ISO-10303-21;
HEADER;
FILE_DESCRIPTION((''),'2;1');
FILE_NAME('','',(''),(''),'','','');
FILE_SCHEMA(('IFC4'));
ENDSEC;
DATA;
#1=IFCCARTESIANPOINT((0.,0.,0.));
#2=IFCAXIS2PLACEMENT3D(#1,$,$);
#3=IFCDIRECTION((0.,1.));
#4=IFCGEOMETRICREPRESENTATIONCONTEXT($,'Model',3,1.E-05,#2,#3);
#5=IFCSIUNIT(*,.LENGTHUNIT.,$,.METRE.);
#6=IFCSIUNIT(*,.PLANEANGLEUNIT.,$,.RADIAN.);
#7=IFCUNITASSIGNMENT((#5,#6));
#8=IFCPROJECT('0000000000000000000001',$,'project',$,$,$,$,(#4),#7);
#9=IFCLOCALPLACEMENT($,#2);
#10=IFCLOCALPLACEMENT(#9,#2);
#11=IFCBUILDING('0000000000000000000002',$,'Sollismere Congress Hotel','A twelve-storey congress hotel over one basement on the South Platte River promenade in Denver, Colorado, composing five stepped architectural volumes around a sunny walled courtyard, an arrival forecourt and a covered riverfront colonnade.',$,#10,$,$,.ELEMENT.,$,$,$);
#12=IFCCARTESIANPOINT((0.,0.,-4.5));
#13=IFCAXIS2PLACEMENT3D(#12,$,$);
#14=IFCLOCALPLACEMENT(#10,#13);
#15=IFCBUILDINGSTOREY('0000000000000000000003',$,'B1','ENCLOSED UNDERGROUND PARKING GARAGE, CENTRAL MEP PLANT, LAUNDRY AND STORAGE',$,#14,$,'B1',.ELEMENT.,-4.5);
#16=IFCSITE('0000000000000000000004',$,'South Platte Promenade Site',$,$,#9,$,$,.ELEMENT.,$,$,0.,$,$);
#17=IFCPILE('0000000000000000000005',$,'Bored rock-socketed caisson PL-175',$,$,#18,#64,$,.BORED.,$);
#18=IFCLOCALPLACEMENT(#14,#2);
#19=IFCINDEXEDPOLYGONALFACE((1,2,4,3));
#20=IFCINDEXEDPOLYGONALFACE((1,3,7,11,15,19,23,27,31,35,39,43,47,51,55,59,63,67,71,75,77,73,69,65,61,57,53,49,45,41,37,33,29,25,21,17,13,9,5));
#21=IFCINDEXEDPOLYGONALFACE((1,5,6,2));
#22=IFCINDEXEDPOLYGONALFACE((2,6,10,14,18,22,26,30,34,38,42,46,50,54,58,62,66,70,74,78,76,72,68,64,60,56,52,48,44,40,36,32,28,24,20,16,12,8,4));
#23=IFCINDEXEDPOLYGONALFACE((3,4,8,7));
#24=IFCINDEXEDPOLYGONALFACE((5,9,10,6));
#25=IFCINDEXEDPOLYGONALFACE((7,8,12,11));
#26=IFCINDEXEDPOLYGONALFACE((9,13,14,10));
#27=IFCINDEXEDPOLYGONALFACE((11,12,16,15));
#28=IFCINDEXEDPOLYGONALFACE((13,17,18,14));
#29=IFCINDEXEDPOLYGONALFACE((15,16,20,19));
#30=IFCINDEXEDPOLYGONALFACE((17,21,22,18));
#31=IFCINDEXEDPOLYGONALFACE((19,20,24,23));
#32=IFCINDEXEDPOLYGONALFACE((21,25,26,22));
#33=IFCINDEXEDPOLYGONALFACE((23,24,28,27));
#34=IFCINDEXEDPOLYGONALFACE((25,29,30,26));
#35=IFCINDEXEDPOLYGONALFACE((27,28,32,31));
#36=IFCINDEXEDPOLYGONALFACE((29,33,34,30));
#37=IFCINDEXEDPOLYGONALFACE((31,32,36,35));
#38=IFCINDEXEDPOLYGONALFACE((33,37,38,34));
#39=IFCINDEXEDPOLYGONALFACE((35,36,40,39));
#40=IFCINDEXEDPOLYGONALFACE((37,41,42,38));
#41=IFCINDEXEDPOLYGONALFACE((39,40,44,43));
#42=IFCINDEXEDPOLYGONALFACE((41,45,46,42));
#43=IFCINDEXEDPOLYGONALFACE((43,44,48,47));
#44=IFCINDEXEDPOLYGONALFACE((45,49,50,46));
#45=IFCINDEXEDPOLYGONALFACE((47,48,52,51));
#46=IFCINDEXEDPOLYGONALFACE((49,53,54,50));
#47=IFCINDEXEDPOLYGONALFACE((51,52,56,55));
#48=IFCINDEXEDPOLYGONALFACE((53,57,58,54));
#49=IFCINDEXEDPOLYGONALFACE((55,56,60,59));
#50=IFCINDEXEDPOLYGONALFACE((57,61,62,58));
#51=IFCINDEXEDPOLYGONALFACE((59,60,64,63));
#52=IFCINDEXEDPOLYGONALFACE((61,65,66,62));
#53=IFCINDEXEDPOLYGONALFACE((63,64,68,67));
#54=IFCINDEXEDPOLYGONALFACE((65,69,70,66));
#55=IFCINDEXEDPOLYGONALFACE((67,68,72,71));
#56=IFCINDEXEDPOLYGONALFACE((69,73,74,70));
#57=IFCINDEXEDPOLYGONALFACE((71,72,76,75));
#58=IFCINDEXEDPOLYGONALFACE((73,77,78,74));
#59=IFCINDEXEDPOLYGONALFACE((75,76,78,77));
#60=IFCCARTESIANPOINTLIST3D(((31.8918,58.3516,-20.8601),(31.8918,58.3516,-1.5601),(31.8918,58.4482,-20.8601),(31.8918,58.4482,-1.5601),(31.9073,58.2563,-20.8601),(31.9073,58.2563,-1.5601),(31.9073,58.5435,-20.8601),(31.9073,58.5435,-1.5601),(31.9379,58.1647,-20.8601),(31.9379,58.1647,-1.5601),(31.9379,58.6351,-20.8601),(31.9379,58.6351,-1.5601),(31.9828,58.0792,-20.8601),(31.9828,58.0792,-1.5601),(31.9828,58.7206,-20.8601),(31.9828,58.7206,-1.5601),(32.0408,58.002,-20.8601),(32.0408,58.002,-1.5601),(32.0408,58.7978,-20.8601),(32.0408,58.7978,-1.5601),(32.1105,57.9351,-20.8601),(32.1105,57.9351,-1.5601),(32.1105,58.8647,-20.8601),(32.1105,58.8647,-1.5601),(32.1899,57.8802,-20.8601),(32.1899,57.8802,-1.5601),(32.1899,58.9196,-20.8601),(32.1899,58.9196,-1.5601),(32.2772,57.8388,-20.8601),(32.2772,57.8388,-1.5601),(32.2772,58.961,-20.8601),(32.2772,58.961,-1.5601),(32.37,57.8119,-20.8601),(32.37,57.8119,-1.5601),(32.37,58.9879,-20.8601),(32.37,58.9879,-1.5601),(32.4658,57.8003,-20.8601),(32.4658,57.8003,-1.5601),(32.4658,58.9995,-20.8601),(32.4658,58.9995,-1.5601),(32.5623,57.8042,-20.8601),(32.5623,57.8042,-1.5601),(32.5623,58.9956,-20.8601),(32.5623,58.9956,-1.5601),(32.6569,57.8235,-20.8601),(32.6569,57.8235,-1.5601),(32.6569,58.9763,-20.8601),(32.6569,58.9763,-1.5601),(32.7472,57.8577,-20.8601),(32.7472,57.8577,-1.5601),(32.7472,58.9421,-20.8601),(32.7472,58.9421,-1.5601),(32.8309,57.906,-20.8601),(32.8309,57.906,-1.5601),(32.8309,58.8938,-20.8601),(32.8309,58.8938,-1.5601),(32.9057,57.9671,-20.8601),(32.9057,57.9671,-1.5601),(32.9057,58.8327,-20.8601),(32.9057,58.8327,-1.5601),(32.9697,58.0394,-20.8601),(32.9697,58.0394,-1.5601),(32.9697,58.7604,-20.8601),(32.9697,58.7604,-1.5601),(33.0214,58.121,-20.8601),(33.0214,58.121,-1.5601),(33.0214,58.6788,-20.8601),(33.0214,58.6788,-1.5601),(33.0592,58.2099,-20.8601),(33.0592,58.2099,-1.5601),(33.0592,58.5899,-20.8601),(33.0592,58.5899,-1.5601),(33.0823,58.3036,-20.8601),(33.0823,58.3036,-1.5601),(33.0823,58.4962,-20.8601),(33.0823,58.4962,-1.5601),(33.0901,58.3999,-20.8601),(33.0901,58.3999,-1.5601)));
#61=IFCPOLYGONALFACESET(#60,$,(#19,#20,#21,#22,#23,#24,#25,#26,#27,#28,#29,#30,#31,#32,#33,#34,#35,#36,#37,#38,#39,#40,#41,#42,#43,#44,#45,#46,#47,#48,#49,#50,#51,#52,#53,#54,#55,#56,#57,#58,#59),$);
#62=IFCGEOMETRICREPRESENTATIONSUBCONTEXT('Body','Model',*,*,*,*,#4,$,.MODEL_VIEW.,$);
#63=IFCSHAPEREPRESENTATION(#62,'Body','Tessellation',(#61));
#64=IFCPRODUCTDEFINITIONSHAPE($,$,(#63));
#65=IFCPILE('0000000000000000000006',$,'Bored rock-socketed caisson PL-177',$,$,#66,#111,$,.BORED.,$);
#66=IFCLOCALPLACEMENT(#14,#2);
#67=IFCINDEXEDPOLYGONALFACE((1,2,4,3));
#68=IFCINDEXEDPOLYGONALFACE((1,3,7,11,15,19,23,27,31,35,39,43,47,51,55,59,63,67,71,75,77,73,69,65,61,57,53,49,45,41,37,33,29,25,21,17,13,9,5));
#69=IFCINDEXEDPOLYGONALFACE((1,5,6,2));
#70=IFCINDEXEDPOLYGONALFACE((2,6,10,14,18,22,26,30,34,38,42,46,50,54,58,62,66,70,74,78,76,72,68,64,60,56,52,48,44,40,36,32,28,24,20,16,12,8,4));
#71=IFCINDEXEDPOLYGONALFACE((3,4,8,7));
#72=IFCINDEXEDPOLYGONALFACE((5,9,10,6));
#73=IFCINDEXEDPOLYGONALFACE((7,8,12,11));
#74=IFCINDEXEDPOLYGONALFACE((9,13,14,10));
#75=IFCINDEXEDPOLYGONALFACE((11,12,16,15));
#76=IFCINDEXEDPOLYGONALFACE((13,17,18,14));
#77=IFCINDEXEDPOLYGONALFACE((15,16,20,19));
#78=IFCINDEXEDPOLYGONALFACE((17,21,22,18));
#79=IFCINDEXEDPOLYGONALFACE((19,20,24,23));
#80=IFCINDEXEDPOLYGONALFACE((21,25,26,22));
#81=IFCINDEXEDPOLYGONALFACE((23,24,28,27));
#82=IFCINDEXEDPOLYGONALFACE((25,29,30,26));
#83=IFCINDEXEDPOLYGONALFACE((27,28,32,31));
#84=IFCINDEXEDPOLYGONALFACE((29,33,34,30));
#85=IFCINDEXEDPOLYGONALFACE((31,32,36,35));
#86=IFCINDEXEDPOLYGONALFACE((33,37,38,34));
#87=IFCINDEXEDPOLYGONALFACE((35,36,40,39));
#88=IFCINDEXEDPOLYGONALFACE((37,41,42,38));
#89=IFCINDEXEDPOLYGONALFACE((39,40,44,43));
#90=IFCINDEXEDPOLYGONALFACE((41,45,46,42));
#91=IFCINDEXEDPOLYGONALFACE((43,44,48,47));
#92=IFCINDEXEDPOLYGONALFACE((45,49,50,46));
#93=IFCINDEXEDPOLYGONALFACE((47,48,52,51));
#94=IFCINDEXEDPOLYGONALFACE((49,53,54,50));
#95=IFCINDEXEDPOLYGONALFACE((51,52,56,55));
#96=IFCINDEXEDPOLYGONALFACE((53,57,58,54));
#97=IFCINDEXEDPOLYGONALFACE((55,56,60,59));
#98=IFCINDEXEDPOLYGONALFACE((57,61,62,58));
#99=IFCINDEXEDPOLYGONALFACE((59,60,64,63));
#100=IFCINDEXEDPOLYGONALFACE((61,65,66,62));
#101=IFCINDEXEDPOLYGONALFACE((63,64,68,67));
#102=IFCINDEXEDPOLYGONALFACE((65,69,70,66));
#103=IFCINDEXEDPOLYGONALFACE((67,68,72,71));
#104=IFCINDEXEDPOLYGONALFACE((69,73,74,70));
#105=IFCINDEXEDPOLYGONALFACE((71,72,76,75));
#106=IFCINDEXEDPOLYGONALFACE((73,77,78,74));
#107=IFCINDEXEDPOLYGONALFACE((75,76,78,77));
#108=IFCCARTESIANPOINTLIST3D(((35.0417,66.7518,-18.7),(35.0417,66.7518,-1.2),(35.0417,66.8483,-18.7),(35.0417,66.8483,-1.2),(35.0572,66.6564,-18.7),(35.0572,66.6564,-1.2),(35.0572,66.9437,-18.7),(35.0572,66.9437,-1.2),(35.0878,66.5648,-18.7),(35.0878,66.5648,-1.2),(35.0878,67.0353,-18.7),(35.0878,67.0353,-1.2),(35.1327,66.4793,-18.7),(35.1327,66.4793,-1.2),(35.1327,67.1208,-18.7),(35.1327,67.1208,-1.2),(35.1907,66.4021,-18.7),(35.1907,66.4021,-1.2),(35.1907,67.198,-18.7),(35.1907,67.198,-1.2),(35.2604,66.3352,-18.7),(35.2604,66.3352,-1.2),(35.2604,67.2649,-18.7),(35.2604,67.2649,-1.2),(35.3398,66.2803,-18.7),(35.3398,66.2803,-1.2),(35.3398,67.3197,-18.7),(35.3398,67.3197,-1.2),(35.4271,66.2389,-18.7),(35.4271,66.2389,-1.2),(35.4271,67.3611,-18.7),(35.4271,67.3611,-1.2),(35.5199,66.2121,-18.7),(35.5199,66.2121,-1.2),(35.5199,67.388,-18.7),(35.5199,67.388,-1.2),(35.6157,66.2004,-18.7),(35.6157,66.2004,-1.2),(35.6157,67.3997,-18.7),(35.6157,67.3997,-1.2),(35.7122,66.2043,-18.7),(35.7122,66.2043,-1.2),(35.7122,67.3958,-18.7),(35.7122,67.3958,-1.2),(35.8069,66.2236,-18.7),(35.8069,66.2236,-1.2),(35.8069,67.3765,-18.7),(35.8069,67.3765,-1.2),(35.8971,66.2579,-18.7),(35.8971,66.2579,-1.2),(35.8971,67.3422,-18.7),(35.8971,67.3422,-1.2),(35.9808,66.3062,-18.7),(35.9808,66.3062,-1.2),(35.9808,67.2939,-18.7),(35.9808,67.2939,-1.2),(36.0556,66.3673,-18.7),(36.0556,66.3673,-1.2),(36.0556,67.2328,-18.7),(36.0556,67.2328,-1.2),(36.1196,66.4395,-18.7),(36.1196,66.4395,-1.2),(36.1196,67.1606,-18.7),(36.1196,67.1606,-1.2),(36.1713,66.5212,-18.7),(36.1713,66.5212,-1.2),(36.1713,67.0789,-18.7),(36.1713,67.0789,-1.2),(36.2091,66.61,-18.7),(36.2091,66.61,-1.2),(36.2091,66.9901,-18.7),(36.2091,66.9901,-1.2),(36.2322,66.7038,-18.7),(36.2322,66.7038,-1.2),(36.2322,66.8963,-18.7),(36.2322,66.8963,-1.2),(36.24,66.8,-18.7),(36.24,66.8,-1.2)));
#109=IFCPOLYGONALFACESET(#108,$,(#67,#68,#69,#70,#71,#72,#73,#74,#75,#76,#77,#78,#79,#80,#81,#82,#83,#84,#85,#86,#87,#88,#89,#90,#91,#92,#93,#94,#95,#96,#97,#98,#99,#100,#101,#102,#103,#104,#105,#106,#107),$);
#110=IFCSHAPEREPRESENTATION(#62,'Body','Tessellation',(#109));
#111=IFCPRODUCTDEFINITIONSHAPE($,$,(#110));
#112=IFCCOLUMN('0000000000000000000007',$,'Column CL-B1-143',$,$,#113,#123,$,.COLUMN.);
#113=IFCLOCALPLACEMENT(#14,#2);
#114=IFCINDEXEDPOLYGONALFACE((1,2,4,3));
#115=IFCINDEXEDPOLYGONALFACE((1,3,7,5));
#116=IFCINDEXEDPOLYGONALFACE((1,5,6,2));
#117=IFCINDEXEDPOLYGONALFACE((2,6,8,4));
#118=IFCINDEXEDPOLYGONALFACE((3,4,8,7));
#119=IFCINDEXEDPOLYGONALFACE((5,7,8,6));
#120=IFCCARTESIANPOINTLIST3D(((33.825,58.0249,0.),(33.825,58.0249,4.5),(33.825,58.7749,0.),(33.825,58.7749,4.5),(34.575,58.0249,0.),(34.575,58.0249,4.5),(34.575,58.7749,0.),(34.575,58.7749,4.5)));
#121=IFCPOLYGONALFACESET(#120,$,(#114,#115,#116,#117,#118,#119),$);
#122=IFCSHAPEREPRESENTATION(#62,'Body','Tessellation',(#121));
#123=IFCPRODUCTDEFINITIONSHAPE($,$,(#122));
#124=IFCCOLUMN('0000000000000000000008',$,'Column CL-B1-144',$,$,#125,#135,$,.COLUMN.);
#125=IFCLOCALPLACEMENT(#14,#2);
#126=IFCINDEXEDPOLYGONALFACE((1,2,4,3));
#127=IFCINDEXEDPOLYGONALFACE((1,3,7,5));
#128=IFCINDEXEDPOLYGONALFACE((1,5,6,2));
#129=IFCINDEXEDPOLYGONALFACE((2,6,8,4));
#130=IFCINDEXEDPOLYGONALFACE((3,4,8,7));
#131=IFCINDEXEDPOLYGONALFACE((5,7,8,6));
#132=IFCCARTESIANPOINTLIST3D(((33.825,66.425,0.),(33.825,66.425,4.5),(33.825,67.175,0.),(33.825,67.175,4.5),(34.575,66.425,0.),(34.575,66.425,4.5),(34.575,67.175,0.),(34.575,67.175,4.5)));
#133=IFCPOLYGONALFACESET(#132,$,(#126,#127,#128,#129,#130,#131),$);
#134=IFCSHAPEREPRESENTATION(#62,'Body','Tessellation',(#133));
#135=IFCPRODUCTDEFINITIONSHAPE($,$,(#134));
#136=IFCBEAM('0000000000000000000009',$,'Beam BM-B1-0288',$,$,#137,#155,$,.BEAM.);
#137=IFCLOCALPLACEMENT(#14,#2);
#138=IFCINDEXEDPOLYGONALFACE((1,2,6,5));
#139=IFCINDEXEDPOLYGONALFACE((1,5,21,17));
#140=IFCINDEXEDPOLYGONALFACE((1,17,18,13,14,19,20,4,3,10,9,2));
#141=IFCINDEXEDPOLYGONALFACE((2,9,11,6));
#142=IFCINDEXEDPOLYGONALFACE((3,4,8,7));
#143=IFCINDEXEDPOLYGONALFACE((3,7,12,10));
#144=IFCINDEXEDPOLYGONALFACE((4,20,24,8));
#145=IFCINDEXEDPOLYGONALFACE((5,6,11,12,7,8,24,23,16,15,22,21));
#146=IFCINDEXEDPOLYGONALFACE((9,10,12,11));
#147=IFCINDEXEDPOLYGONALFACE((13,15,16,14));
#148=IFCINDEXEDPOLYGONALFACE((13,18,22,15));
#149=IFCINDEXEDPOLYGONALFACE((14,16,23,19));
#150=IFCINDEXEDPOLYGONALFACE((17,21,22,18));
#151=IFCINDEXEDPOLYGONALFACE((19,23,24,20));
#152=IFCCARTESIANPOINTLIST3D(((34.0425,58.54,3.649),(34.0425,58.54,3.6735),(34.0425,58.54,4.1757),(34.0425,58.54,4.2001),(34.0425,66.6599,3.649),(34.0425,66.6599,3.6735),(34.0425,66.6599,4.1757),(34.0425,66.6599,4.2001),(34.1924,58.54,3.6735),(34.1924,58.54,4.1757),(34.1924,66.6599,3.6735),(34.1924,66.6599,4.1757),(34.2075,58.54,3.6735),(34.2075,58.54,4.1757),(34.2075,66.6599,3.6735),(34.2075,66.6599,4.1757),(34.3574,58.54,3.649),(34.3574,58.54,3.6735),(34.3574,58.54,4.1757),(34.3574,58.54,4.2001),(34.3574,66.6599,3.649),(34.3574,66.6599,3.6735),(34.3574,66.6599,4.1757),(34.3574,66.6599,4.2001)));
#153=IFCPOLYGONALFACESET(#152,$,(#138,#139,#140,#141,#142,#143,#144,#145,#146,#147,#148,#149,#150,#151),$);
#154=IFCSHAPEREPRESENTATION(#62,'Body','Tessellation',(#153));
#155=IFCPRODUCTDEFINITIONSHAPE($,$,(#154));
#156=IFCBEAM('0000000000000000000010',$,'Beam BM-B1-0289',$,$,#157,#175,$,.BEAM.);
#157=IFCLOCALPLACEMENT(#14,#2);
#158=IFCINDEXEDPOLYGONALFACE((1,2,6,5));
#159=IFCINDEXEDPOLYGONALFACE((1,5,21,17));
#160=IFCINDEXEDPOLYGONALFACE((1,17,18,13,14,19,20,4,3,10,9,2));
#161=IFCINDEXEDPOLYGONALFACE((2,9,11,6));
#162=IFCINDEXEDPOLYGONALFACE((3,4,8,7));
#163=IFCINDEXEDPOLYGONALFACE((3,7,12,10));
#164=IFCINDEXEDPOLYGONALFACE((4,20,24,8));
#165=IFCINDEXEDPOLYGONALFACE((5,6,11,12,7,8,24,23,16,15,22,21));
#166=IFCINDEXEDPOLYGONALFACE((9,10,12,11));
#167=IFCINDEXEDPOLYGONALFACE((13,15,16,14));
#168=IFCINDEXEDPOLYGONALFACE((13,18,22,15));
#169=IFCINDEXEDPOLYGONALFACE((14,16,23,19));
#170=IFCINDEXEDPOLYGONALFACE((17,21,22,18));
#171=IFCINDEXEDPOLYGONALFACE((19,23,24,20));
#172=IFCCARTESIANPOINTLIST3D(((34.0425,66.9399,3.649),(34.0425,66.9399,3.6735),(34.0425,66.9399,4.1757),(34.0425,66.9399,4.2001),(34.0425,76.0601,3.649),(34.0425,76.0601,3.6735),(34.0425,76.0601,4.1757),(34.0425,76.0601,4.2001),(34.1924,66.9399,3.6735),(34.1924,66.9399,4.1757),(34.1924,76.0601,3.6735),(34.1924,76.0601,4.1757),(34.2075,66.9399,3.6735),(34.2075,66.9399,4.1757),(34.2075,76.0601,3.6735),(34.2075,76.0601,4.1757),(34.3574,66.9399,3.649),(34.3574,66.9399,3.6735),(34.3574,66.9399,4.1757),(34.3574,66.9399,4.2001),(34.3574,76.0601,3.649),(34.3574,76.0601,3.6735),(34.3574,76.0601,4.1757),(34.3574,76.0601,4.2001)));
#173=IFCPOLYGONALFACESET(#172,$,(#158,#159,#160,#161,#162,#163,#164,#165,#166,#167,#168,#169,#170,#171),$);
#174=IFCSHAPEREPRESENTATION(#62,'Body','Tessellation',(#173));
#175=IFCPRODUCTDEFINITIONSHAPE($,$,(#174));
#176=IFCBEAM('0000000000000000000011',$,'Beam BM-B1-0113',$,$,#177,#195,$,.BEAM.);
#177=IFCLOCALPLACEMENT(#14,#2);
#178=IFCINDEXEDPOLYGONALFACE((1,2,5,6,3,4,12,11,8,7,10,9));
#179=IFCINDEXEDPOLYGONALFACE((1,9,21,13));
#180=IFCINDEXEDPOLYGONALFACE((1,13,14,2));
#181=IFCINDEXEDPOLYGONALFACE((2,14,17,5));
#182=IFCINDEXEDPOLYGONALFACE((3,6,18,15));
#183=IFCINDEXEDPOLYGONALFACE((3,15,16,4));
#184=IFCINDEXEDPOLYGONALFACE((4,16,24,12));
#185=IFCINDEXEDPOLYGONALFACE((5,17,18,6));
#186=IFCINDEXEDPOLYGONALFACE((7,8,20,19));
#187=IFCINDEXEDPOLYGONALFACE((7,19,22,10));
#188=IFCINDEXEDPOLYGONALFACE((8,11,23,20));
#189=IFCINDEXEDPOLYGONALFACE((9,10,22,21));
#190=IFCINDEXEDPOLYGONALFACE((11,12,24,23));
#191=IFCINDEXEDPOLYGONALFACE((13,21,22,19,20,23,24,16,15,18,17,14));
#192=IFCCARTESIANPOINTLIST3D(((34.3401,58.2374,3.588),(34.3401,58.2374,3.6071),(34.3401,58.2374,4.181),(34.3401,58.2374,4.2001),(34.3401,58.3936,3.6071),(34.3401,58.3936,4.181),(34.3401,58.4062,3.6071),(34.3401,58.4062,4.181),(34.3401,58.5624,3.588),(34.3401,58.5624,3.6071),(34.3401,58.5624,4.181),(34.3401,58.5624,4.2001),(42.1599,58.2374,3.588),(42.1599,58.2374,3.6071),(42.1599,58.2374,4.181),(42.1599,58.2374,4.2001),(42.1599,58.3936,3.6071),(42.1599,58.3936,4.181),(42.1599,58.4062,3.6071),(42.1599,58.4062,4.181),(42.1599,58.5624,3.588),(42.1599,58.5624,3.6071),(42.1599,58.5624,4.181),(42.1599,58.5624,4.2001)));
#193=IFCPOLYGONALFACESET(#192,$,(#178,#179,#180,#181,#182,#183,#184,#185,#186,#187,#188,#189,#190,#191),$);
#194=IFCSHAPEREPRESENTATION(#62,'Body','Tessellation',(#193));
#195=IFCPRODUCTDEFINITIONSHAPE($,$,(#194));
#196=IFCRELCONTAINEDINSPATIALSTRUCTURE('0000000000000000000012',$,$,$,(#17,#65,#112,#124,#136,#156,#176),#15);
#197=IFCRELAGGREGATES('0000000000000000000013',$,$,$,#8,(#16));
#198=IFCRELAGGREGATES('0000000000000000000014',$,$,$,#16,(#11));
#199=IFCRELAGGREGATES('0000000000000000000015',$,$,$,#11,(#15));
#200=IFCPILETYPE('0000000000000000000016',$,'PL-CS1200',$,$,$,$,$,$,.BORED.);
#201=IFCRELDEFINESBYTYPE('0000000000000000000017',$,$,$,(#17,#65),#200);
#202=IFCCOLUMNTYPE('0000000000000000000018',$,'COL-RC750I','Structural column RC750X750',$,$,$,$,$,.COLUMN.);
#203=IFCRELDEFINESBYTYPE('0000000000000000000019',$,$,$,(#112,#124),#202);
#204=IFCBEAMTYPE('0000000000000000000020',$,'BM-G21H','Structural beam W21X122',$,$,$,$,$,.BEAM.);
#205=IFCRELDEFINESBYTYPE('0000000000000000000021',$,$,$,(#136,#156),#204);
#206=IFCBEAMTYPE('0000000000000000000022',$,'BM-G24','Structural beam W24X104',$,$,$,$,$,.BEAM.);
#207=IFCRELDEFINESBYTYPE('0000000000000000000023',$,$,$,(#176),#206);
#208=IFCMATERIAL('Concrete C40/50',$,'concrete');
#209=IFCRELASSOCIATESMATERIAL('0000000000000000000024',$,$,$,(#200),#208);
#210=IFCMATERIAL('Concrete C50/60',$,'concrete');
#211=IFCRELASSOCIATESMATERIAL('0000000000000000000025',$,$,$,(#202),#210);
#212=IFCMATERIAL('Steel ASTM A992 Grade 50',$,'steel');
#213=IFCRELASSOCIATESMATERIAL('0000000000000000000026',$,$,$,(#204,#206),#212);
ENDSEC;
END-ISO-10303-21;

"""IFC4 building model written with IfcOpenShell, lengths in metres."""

from ifc_helpers import new_model, si_unit, direction, frame, origin, origin_2d, place, context, subcontext, project, spatial, rectangle, circle, i_section, extrude, material, material_profile, profile_set, type_object, element, save


model = new_model("IFC4")

# Units and contexts
model_context = context("Model", 3, precision=1e-05, world=origin(), true_north=direction((0.0, 1.0)))
body_context = subcontext(model_context, "Body", "Model", "MODEL_VIEW")
ifc_project = project(units=[si_unit("LENGTHUNIT", "METRE"), si_unit("PLANEANGLEUNIT", "RADIAN")], contexts=[model_context])

# Site, building, storey
site_placement = place(None, origin())
site = spatial("IfcSite", under=ifc_project, at=site_placement, Name="South Platte Promenade Site", CompositionType="ELEMENT", RefElevation=0.0)
building_placement = place(site_placement, origin())
building = spatial("IfcBuilding", under=site, at=building_placement, Name="Sollismere Congress Hotel", Description="A twelve-storey congress hotel over one basement on the South Platte River promenade in Denver, Colorado, composing five stepped architectural volumes around a sunny walled courtyard, an arrival forecourt and a covered riverfront colonnade.", CompositionType="ELEMENT")
storey_placement = place(building_placement, frame((0.0, 0.0, -4.5)))
storey = spatial("IfcBuildingStorey", under=building, at=storey_placement, Name="B1", Description="ENCLOSED UNDERGROUND PARKING GARAGE, CENTRAL MEP PLANT, LAUNDRY AND STORAGE", LongName="B1", CompositionType="ELEMENT", Elevation=-4.5)

# Shared definitions
ifc_material_1 = material(Name="Concrete C40/50", Category="concrete")

# Piles
ifc_material_profile_1 = material_profile(ifc_material_1, circle(Radius=0.6001, at=origin_2d()), Name="CAISSON1200")
ifc_profile_set_1 = profile_set([ifc_material_profile_1], Name="Concrete C40/50")
pile_type = type_object("IfcPileType", Name="PL-CS1200", PredefinedType="BORED", material=ifc_profile_set_1)
pile_1_placement = place(storey_placement, frame((32.49, 58.3999, -1.5601), z_axis=(0.0, 0.0, -1.0), x_axis=(1.0, 0.0, 0.0)))
element("IfcPile", 1, at=pile_1_placement, inside=storey, type_object=pile_type, Name="Bored rock-socketed caisson PL-175", PredefinedType="BORED", context=body_context, shape_type="SweptSolid", body=[
    extrude(circle(Radius=0.6001, at=origin_2d()), origin(), (0.0, 0.0, 1.0), 19.3),
])
pile_2_placement = place(storey_placement, frame((35.6399, 66.8, -1.2), z_axis=(0.0, 0.0, -1.0), x_axis=(1.0, 0.0, 0.0)))
element("IfcPile", 2, at=pile_2_placement, inside=storey, type_object=pile_type, Name="Bored rock-socketed caisson PL-177", PredefinedType="BORED", context=body_context, shape_type="SweptSolid", body=[
    extrude(circle(Radius=0.6001, at=origin_2d()), origin(), (0.0, 0.0, 1.0), 17.5),
])

# Columns
ifc_material_2 = material(Name="Concrete C50/60", Category="concrete")
ifc_material_profile_2 = material_profile(ifc_material_2, rectangle(XDim=0.75, YDim=0.75, at=origin_2d()), Name="RC750X750")
ifc_profile_set_2 = profile_set([ifc_material_profile_2], Name="Concrete C50/60")
column_type = type_object("IfcColumnType", Name="COL-RC750I", Description="Structural column RC750X750", PredefinedType="COLUMN", material=ifc_profile_set_2)
for number, where, z_axis, x_axis, name in (
    (3, (34.2, 58.3999, 0.0), (0.0, 0.0, 1.0), (1.0, 0.0, 0.0), "Column CL-B1-143"),
    (4, (34.2, 66.8, 0.0), (0.0, 0.0, 1.0), (0.0, 1.0, 0.0), "Column CL-B1-144"),
):
    element("IfcColumn", number, at=place(storey_placement, frame(where, z_axis=z_axis, x_axis=x_axis)), inside=storey, type_object=column_type, Name=name, PredefinedType="COLUMN", context=body_context, shape_type="SweptSolid", body=[
        extrude(rectangle(XDim=0.75, YDim=0.75, at=origin_2d()), origin(), (0.0, 0.0, 1.0), 4.5),
    ])

# Beams
ifc_material_3 = material(Name="Steel ASTM A992 Grade 50", Category="steel")
ifc_material_profile_3 = material_profile(ifc_material_3, i_section(OverallWidth=0.3149, OverallDepth=0.551, WebThickness=0.0151, FlangeThickness=0.0244, at=origin_2d()), Name="W21X122")
ifc_profile_set_3 = profile_set([ifc_material_profile_3], Name="Steel ASTM A992 Grade 50")
beam_type_1 = type_object("IfcBeamType", Name="BM-G21H", Description="Structural beam W21X122", PredefinedType="BEAM", material=ifc_profile_set_3)
beam_1_placement = place(storey_placement, frame((34.2, 58.54, 3.9246), z_axis=(0.0, 1.0, 0.0), x_axis=(-1.0, 0.0, 0.0)))
element("IfcBeam", 5, at=beam_1_placement, inside=storey, type_object=beam_type_1, Name="Beam BM-B1-0288", PredefinedType="BEAM", context=body_context, shape_type="SweptSolid", body=[
    extrude(i_section(OverallWidth=0.3149, OverallDepth=0.551, WebThickness=0.0151, FlangeThickness=0.0244, at=origin_2d()), origin(), (0.0, 0.0, 1.0), 8.1199),
])
beam_2_placement = place(storey_placement, frame((34.2, 66.9399, 3.9246), z_axis=(0.0, 1.0, 0.0), x_axis=(-1.0, 0.0, 0.0)))
element("IfcBeam", 6, at=beam_2_placement, inside=storey, type_object=beam_type_1, Name="Beam BM-B1-0289", PredefinedType="BEAM", context=body_context, shape_type="SweptSolid", body=[
    extrude(i_section(OverallWidth=0.3149, OverallDepth=0.551, WebThickness=0.0151, FlangeThickness=0.0244, at=origin_2d()), origin(), (0.0, 0.0, 1.0), 9.1201),
])
ifc_material_profile_4 = material_profile(ifc_material_3, i_section(OverallWidth=0.325, OverallDepth=0.6121, WebThickness=0.0127, FlangeThickness=0.019, at=origin_2d()), Name="W24X104")
ifc_profile_set_4 = profile_set([ifc_material_profile_4], Name="Steel ASTM A992 Grade 50")
beam_type_2 = type_object("IfcBeamType", Name="BM-G24", Description="Structural beam W24X104", PredefinedType="BEAM", material=ifc_profile_set_4)
for number, where, z_axis, x_axis, name in (
    (7, (34.3401, 58.3999, 3.894), (1.0, 0.0, 0.0), (0.0, 1.0, 0.0), "Beam BM-B1-0113"),
):
    element("IfcBeam", number, at=place(storey_placement, frame(where, z_axis=z_axis, x_axis=x_axis)), inside=storey, type_object=beam_type_2, Name=name, PredefinedType="BEAM", context=body_context, shape_type="SweptSolid", body=[
        extrude(i_section(OverallWidth=0.325, OverallDepth=0.6121, WebThickness=0.0127, FlangeThickness=0.019, at=origin_2d()), origin(), (0.0, 0.0, 1.0), 7.8198),
    ])

save(model, "model.ifc")
